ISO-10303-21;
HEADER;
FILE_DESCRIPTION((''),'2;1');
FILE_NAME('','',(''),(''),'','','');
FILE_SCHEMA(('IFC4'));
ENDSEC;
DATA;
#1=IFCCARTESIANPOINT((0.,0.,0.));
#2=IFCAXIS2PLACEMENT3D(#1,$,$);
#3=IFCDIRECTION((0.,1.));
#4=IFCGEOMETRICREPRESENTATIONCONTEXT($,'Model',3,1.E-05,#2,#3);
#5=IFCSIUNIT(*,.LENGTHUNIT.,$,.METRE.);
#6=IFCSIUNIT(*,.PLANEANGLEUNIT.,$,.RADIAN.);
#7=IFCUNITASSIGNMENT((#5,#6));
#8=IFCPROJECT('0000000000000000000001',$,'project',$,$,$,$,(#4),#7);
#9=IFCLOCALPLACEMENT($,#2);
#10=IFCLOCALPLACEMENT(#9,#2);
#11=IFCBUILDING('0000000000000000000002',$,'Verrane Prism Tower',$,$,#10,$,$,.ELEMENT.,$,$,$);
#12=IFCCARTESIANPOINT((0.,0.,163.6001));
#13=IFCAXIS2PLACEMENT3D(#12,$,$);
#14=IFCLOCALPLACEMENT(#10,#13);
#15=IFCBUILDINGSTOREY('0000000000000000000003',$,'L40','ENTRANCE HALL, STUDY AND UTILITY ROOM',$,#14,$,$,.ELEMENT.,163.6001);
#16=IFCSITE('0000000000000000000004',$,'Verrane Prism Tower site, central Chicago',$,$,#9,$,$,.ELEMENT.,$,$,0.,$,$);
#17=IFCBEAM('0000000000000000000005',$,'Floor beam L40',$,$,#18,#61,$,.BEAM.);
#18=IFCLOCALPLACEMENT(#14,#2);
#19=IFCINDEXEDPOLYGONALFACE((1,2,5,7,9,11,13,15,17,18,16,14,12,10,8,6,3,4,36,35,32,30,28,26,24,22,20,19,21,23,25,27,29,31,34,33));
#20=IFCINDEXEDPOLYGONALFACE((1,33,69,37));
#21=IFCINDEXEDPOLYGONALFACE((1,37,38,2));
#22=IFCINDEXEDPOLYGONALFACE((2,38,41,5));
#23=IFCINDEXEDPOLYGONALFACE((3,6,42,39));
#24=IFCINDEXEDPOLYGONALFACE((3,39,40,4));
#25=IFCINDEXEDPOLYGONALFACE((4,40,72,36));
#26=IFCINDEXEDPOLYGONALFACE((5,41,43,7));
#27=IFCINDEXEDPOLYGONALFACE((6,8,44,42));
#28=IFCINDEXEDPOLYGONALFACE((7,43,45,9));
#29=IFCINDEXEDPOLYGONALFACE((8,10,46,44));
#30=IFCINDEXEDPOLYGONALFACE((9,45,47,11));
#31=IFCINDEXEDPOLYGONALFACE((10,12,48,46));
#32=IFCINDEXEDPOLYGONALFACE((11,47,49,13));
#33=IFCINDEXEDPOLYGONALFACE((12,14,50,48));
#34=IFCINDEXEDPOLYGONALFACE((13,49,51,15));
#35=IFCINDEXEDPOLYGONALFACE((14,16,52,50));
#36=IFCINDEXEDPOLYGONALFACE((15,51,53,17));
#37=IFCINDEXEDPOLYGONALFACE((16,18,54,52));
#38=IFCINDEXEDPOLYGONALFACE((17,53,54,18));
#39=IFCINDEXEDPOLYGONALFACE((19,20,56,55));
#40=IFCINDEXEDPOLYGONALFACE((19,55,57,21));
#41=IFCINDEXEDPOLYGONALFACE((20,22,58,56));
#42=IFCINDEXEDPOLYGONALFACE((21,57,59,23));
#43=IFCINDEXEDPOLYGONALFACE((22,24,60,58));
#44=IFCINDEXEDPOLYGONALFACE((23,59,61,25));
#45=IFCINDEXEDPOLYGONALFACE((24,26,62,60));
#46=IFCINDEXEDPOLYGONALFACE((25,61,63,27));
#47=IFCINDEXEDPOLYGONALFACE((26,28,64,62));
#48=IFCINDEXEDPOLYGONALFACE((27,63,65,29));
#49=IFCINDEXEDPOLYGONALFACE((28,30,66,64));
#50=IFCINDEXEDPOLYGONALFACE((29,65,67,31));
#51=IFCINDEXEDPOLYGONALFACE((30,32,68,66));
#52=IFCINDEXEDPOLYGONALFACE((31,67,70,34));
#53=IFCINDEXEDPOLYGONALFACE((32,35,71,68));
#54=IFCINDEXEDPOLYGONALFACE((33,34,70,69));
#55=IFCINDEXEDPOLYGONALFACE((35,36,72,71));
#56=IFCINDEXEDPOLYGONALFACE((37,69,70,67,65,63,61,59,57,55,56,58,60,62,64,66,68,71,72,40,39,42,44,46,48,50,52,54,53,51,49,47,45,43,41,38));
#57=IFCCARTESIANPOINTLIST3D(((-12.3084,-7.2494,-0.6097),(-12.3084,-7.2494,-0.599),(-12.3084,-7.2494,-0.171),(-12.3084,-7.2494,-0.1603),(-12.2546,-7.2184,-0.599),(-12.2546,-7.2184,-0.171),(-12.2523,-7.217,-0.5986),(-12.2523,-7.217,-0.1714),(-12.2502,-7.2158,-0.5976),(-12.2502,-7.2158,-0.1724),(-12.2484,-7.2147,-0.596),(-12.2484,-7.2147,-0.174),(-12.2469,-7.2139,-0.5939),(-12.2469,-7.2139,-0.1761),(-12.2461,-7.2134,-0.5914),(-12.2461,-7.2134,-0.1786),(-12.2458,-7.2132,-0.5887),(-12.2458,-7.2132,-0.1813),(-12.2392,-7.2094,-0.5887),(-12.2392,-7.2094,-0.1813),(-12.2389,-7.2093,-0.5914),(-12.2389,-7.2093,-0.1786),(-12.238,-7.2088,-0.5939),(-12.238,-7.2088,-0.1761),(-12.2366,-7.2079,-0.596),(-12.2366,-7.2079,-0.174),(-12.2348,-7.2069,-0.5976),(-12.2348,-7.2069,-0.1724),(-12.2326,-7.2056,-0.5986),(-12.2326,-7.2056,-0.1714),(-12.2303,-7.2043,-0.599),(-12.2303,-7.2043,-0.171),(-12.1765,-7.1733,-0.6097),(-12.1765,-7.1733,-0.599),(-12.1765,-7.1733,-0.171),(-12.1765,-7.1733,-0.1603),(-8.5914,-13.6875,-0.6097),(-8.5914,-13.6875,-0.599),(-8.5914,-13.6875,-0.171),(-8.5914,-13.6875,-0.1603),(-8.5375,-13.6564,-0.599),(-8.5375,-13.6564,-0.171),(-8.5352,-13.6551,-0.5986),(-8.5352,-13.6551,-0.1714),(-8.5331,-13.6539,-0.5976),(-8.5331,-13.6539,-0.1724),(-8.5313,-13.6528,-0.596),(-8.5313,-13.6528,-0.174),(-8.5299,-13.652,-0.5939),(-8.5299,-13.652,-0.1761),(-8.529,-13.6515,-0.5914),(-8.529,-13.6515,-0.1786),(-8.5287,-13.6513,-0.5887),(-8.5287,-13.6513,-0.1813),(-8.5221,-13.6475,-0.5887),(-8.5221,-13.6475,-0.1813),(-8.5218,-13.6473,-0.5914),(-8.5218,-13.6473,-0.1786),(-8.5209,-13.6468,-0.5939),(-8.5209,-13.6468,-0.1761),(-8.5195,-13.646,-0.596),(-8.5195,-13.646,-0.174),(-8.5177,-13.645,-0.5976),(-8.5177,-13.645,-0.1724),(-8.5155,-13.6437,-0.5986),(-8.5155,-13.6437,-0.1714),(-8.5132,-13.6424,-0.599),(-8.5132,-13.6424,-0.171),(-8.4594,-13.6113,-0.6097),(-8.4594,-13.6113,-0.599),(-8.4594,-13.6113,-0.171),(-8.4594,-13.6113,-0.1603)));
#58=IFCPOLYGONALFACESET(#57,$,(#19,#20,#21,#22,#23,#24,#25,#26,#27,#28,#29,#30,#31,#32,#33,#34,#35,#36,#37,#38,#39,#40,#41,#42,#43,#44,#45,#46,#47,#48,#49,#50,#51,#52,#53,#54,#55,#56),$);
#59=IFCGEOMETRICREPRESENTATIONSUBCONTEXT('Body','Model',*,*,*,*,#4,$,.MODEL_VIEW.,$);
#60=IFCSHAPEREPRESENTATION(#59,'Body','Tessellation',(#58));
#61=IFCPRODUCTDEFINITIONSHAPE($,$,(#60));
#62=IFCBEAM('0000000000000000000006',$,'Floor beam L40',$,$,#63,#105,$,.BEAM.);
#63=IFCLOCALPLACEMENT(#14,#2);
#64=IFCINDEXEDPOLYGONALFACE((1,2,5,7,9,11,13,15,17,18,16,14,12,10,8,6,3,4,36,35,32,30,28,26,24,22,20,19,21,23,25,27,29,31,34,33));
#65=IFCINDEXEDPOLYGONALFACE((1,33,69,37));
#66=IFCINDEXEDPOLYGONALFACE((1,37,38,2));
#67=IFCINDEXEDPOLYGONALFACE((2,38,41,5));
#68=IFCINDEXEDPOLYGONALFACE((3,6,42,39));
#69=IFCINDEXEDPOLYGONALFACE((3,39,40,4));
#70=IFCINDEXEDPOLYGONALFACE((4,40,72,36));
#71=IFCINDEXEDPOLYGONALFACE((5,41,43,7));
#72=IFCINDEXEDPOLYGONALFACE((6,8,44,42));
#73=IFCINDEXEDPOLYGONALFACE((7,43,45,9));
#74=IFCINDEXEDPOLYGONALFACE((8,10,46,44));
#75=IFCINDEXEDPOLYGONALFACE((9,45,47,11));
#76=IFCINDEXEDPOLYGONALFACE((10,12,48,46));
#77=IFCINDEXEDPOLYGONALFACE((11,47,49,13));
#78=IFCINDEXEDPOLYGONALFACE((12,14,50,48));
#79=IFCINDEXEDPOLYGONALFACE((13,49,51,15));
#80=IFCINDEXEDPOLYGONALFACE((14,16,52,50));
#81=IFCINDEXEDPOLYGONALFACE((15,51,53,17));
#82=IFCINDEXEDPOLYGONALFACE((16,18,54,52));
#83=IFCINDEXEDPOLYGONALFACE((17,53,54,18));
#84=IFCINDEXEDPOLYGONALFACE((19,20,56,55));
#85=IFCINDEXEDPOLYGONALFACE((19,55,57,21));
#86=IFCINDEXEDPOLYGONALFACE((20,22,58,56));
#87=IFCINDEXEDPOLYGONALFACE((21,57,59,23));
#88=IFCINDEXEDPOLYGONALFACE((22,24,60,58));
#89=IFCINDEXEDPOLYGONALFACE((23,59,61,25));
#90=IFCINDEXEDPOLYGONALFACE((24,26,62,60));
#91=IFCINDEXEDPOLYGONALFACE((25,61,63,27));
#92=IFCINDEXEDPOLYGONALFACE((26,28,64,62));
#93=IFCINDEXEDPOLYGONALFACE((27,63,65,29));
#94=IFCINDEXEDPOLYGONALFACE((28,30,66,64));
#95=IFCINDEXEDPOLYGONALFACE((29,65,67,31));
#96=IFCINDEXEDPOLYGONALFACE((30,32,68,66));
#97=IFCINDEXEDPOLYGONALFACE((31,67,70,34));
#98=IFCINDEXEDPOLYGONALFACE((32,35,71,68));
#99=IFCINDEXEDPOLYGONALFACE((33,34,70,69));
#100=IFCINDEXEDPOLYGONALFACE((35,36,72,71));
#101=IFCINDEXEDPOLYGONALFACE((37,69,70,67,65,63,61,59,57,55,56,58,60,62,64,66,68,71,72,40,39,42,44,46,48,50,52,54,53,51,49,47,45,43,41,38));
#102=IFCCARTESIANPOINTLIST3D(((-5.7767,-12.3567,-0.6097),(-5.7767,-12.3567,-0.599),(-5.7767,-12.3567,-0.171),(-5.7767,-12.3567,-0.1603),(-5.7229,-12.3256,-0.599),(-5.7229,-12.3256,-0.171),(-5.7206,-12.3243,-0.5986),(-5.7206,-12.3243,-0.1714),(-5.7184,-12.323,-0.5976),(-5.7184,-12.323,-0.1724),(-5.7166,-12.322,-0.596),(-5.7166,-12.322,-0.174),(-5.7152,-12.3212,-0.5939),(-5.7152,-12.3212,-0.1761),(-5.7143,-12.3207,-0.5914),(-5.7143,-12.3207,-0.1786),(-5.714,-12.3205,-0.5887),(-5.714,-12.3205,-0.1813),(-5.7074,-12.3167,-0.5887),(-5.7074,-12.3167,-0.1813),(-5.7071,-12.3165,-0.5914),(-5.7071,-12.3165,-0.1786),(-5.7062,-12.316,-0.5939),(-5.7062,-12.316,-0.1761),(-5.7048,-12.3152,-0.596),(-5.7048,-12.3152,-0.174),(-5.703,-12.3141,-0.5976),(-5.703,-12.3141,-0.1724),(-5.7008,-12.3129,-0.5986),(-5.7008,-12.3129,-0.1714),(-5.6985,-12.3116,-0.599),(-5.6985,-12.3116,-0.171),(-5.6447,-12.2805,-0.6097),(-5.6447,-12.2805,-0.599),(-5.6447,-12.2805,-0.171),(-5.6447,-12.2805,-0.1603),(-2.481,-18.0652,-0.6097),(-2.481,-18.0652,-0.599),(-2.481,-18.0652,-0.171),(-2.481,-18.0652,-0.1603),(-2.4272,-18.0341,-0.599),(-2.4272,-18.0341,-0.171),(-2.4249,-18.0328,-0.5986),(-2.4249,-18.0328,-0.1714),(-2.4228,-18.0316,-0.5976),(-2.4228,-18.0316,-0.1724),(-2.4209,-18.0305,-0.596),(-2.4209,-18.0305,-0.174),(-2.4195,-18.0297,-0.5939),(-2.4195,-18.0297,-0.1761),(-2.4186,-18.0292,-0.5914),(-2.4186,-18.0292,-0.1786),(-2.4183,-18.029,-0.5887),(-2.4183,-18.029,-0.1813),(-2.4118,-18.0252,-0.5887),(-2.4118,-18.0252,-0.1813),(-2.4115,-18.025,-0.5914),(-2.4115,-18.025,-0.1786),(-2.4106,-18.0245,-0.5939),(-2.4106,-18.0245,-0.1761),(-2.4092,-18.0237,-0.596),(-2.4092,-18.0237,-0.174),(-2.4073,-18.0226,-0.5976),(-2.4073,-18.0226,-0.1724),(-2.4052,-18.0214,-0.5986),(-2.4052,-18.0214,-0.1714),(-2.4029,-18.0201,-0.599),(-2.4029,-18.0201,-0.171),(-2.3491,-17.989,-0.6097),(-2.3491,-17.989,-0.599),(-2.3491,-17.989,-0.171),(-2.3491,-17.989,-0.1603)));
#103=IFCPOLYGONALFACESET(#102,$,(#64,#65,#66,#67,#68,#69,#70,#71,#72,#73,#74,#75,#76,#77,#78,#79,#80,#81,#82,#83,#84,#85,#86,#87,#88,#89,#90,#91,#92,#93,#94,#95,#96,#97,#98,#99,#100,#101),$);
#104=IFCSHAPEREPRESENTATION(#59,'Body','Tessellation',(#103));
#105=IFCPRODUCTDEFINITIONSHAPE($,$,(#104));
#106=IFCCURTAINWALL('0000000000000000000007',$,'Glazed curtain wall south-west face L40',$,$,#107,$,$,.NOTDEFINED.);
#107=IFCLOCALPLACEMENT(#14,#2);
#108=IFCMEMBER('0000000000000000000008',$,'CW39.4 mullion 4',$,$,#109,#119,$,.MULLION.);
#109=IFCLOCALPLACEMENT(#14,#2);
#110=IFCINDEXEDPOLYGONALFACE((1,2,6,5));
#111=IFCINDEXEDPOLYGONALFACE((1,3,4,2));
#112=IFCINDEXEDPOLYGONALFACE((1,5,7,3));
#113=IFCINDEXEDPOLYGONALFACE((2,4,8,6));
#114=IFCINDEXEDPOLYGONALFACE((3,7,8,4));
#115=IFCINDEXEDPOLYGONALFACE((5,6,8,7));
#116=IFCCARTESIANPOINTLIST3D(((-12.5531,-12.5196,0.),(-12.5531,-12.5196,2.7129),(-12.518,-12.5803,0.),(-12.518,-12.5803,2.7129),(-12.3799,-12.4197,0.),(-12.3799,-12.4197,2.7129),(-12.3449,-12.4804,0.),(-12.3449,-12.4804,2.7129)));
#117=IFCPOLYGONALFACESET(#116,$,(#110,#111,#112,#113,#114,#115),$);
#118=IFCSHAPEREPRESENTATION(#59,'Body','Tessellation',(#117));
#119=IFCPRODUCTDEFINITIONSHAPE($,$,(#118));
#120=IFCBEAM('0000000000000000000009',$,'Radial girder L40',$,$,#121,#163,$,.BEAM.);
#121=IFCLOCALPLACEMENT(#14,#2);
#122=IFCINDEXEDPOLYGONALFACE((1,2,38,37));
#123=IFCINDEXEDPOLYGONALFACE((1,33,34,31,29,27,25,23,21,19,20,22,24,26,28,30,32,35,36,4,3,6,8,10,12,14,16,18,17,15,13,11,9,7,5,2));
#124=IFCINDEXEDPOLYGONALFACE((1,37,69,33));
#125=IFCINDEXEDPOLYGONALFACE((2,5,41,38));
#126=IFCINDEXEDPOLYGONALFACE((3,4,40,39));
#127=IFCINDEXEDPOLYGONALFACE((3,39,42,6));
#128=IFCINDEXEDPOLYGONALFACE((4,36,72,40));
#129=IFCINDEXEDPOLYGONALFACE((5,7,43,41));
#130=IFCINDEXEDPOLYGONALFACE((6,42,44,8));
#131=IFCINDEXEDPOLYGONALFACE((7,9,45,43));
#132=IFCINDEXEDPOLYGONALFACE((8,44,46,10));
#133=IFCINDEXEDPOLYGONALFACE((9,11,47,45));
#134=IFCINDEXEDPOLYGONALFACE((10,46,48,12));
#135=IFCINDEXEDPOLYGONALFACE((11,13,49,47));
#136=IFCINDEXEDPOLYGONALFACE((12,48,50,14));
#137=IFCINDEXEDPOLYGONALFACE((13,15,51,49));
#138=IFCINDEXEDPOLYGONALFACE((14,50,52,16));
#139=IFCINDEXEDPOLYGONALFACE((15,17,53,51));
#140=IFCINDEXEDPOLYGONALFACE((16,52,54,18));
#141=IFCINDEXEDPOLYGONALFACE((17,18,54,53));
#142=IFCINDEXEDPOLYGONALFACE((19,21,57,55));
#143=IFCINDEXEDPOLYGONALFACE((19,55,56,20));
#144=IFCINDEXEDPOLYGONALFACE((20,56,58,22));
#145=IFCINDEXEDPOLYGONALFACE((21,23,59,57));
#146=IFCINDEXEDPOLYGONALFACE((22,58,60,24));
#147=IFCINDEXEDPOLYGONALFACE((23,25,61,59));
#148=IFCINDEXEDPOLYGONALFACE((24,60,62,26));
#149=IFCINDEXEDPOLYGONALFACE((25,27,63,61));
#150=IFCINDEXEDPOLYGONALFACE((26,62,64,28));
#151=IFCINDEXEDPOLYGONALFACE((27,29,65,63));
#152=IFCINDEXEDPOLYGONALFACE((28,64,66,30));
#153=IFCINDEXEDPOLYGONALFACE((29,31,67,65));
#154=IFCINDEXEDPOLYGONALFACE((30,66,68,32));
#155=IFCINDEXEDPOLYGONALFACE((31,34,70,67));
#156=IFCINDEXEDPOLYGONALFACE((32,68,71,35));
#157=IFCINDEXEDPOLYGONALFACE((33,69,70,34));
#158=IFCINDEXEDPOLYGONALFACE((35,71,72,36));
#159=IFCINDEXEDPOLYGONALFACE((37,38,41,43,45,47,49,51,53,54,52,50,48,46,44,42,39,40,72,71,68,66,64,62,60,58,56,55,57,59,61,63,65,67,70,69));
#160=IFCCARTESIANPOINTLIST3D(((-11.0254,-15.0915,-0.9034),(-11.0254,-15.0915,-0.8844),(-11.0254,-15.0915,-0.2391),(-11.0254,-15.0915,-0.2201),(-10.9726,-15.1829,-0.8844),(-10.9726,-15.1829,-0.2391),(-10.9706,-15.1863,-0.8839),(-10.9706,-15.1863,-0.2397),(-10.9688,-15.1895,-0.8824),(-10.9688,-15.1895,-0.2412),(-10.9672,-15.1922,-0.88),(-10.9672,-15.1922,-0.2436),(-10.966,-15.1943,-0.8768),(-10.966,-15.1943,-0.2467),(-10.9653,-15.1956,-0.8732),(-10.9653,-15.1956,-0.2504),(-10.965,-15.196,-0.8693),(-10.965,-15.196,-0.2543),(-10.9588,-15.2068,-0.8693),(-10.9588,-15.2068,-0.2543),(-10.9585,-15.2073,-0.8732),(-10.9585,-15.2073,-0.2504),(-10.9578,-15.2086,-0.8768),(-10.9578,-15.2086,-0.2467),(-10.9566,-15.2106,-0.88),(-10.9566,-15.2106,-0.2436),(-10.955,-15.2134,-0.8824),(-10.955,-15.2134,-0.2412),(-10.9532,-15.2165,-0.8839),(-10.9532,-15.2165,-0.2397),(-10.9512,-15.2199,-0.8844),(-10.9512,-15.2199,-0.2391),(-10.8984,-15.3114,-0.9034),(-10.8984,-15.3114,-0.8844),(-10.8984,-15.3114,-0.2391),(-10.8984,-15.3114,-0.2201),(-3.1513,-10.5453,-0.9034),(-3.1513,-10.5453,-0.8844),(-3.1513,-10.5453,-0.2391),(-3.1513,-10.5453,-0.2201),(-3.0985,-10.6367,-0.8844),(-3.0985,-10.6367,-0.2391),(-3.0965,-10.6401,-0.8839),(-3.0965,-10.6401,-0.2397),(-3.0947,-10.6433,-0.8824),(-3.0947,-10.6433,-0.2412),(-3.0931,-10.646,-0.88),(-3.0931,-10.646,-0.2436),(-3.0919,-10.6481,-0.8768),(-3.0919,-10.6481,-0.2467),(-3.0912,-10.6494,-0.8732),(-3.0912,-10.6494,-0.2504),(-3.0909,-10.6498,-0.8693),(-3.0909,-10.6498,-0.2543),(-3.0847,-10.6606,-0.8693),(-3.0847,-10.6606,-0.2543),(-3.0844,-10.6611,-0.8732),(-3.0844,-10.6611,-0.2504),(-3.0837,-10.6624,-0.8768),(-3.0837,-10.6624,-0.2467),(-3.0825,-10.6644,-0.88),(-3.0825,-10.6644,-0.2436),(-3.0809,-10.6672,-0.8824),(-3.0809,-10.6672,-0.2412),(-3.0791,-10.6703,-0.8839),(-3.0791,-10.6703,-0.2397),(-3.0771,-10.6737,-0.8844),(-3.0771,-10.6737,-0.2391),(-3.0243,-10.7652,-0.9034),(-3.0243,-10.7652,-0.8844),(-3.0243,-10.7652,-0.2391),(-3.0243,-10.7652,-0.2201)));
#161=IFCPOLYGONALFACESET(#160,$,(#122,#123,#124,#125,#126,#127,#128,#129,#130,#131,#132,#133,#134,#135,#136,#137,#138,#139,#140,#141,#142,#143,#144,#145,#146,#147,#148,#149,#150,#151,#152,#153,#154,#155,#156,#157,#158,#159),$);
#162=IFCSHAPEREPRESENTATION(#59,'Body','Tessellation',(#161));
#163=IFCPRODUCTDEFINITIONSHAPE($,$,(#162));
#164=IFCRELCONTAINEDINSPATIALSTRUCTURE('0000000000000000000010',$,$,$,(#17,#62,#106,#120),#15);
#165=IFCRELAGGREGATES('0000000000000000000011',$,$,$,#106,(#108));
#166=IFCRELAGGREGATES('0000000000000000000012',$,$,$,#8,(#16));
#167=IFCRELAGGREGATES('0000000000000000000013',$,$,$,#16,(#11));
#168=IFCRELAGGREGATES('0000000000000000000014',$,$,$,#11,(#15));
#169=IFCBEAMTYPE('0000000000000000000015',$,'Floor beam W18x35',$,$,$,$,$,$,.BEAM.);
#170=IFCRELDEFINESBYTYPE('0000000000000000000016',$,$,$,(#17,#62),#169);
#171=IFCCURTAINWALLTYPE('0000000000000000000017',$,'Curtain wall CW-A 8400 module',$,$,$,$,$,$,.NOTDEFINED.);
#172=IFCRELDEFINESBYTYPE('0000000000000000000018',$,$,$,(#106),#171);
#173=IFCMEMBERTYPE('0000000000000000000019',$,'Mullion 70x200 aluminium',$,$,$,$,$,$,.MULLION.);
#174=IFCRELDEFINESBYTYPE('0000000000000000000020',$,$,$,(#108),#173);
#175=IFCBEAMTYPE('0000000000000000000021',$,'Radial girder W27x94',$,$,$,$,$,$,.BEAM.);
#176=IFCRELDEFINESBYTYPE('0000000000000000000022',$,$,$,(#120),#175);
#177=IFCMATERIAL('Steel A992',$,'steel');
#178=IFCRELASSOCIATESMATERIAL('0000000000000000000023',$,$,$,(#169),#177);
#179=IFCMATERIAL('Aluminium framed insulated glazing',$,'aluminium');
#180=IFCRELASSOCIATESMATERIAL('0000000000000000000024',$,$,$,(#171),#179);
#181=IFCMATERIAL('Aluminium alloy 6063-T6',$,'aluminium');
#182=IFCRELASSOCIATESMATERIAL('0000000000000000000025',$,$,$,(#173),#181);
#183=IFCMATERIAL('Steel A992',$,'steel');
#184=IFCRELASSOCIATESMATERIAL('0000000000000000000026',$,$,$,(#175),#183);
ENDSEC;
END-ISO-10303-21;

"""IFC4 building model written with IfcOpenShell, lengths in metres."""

from ifc_helpers import new_model, si_unit, direction, frame, origin, origin_2d, place, context, subcontext, project, spatial, rectangle, i_section, extrude, material, material_profile, profile_set, type_object, element, aggregate, save


model = new_model("IFC4")

# Units and contexts
model_context = context("Model", 3, precision=1e-05, world=origin(), true_north=direction((0.0, 1.0)))
body_context = subcontext(model_context, "Body", "Model", "MODEL_VIEW")
ifc_project = project(units=[si_unit("LENGTHUNIT", "METRE"), si_unit("PLANEANGLEUNIT", "RADIAN")], contexts=[model_context])

# Site, building, storey
site_placement = place(None, origin())
site = spatial("IfcSite", under=ifc_project, at=site_placement, Name="Verrane Prism Tower site, central Chicago", CompositionType="ELEMENT", RefElevation=0.0)
building_placement = place(site_placement, origin())
building = spatial("IfcBuilding", under=site, at=building_placement, Name="Verrane Prism Tower", CompositionType="ELEMENT")
storey_placement = place(building_placement, frame((0.0, 0.0, 163.6001)))
storey = spatial("IfcBuildingStorey", under=building, at=storey_placement, Name="L40", Description="ENTRANCE HALL, STUDY AND UTILITY ROOM", CompositionType="ELEMENT", Elevation=163.6001)

# Beams
ifc_material_1 = material(Name="Steel A992", Category="steel")
ifc_material_profile_1 = material_profile(ifc_material_1, i_section(OverallWidth=0.1523, OverallDepth=0.4495, WebThickness=0.0076, FlangeThickness=0.0107, FilletRadius=0.0103, at=origin_2d()), Name="W18x35")
ifc_profile_set_1 = profile_set([ifc_material_profile_1], Name="Steel A992")
beam_type_1 = type_object("IfcBeamType", Name="Floor beam W18x35", PredefinedType="BEAM", material=ifc_profile_set_1)
beam_1_placement = place(storey_placement, frame((-8.5254, -13.6494, -0.385), z_axis=(-0.500007, 0.866022, 0.0), x_axis=(-0.866022, -0.500007, 0.0)))
element("IfcBeam", 1, at=beam_1_placement, inside=storey, type_object=beam_type_1, Name="Floor beam L40", PredefinedType="BEAM", context=body_context, shape_type="SweptSolid", body=[
    extrude(i_section(OverallWidth=0.1523, OverallDepth=0.4495, WebThickness=0.0076, FlangeThickness=0.0107, FilletRadius=0.0103, at=origin_2d()), origin(), (0.0, 0.0, 1.0), 7.4341),
])
beam_2_placement = place(storey_placement, frame((-2.415, -18.0271, -0.385), z_axis=(-0.499983, 0.866035, 0.0), x_axis=(-0.866035, -0.499983, 0.0)))
element("IfcBeam", 2, at=beam_2_placement, inside=storey, type_object=beam_type_1, Name="Floor beam L40", PredefinedType="BEAM", context=body_context, shape_type="SweptSolid", body=[
    extrude(i_section(OverallWidth=0.1523, OverallDepth=0.4495, WebThickness=0.0076, FlangeThickness=0.0107, FilletRadius=0.0103, at=origin_2d()), origin(), (0.0, 0.0, 1.0), 6.5916),
])

# Curtain wall, member
ifc_material_2 = material(Name="Aluminium framed insulated glazing", Category="aluminium")
curtain_wall_type = type_object("IfcCurtainWallType", Name="Curtain wall CW-A 8400 module", PredefinedType="NOTDEFINED", material=ifc_material_2)
curtain_wall_placement = place(storey_placement, origin())
curtain_wall = element("IfcCurtainWall", 3, at=curtain_wall_placement, inside=storey, type_object=curtain_wall_type, Name="Glazed curtain wall south-west face L40", PredefinedType="NOTDEFINED")
ifc_material_3 = material(Name="Aluminium alloy 6063-T6", Category="aluminium")
ifc_material_profile_2 = material_profile(ifc_material_3, rectangle(XDim=0.2, YDim=0.0701, at=origin_2d()), Name="Mullion 70x200 aluminium")
ifc_profile_set_2 = profile_set([ifc_material_profile_2], Name="Aluminium alloy 6063-T6")
member_type_1 = type_object("IfcMemberType", Name="Mullion 70x200 aluminium", PredefinedType="MULLION", material=ifc_profile_set_2)
member_1_placement = place(storey_placement, frame((-12.449, -12.5, 0.0), z_axis=(0.0, 0.0, 1.0), x_axis=(0.866026, 0.499999, 0.0)))
member_1 = element("IfcMember", 4, at=member_1_placement, type_object=member_type_1, Name="CW39.4 mullion 4", PredefinedType="MULLION", context=body_context, shape_type="SweptSolid", body=[
    extrude(rectangle(XDim=0.2, YDim=0.0701, at=origin_2d()), origin(), (0.0, 0.0, 1.0), 2.7129),
])

# Beam
ifc_material_4 = material(Name="Steel A992", Category="steel")
ifc_material_profile_3 = material_profile(ifc_material_4, i_section(OverallWidth=0.2539, OverallDepth=0.6833, WebThickness=0.0125, FlangeThickness=0.019, FilletRadius=0.0151, at=origin_2d()), Name="W27x94")
ifc_profile_set_3 = profile_set([ifc_material_profile_3], Name="Steel A992")
beam_type_2 = type_object("IfcBeamType", Name="Radial girder W27x94", PredefinedType="BEAM", material=ifc_profile_set_3)
beam_3_placement = place(storey_placement, frame((-10.9619, -15.2014, -0.5618), z_axis=(0.866022, 0.500006, 0.0), x_axis=(-0.500006, 0.866022, 0.0)))
element("IfcBeam", 5, at=beam_3_placement, inside=storey, type_object=beam_type_2, Name="Radial girder L40", PredefinedType="BEAM", context=body_context, shape_type="SweptSolid", body=[
    extrude(i_section(OverallWidth=0.2539, OverallDepth=0.6833, WebThickness=0.0125, FlangeThickness=0.019, FilletRadius=0.0151, at=origin_2d()), origin(), (0.0, 0.0, 1.0), 9.0923),
])

aggregate(curtain_wall, [member_1])

save(model, "model.ifc")
